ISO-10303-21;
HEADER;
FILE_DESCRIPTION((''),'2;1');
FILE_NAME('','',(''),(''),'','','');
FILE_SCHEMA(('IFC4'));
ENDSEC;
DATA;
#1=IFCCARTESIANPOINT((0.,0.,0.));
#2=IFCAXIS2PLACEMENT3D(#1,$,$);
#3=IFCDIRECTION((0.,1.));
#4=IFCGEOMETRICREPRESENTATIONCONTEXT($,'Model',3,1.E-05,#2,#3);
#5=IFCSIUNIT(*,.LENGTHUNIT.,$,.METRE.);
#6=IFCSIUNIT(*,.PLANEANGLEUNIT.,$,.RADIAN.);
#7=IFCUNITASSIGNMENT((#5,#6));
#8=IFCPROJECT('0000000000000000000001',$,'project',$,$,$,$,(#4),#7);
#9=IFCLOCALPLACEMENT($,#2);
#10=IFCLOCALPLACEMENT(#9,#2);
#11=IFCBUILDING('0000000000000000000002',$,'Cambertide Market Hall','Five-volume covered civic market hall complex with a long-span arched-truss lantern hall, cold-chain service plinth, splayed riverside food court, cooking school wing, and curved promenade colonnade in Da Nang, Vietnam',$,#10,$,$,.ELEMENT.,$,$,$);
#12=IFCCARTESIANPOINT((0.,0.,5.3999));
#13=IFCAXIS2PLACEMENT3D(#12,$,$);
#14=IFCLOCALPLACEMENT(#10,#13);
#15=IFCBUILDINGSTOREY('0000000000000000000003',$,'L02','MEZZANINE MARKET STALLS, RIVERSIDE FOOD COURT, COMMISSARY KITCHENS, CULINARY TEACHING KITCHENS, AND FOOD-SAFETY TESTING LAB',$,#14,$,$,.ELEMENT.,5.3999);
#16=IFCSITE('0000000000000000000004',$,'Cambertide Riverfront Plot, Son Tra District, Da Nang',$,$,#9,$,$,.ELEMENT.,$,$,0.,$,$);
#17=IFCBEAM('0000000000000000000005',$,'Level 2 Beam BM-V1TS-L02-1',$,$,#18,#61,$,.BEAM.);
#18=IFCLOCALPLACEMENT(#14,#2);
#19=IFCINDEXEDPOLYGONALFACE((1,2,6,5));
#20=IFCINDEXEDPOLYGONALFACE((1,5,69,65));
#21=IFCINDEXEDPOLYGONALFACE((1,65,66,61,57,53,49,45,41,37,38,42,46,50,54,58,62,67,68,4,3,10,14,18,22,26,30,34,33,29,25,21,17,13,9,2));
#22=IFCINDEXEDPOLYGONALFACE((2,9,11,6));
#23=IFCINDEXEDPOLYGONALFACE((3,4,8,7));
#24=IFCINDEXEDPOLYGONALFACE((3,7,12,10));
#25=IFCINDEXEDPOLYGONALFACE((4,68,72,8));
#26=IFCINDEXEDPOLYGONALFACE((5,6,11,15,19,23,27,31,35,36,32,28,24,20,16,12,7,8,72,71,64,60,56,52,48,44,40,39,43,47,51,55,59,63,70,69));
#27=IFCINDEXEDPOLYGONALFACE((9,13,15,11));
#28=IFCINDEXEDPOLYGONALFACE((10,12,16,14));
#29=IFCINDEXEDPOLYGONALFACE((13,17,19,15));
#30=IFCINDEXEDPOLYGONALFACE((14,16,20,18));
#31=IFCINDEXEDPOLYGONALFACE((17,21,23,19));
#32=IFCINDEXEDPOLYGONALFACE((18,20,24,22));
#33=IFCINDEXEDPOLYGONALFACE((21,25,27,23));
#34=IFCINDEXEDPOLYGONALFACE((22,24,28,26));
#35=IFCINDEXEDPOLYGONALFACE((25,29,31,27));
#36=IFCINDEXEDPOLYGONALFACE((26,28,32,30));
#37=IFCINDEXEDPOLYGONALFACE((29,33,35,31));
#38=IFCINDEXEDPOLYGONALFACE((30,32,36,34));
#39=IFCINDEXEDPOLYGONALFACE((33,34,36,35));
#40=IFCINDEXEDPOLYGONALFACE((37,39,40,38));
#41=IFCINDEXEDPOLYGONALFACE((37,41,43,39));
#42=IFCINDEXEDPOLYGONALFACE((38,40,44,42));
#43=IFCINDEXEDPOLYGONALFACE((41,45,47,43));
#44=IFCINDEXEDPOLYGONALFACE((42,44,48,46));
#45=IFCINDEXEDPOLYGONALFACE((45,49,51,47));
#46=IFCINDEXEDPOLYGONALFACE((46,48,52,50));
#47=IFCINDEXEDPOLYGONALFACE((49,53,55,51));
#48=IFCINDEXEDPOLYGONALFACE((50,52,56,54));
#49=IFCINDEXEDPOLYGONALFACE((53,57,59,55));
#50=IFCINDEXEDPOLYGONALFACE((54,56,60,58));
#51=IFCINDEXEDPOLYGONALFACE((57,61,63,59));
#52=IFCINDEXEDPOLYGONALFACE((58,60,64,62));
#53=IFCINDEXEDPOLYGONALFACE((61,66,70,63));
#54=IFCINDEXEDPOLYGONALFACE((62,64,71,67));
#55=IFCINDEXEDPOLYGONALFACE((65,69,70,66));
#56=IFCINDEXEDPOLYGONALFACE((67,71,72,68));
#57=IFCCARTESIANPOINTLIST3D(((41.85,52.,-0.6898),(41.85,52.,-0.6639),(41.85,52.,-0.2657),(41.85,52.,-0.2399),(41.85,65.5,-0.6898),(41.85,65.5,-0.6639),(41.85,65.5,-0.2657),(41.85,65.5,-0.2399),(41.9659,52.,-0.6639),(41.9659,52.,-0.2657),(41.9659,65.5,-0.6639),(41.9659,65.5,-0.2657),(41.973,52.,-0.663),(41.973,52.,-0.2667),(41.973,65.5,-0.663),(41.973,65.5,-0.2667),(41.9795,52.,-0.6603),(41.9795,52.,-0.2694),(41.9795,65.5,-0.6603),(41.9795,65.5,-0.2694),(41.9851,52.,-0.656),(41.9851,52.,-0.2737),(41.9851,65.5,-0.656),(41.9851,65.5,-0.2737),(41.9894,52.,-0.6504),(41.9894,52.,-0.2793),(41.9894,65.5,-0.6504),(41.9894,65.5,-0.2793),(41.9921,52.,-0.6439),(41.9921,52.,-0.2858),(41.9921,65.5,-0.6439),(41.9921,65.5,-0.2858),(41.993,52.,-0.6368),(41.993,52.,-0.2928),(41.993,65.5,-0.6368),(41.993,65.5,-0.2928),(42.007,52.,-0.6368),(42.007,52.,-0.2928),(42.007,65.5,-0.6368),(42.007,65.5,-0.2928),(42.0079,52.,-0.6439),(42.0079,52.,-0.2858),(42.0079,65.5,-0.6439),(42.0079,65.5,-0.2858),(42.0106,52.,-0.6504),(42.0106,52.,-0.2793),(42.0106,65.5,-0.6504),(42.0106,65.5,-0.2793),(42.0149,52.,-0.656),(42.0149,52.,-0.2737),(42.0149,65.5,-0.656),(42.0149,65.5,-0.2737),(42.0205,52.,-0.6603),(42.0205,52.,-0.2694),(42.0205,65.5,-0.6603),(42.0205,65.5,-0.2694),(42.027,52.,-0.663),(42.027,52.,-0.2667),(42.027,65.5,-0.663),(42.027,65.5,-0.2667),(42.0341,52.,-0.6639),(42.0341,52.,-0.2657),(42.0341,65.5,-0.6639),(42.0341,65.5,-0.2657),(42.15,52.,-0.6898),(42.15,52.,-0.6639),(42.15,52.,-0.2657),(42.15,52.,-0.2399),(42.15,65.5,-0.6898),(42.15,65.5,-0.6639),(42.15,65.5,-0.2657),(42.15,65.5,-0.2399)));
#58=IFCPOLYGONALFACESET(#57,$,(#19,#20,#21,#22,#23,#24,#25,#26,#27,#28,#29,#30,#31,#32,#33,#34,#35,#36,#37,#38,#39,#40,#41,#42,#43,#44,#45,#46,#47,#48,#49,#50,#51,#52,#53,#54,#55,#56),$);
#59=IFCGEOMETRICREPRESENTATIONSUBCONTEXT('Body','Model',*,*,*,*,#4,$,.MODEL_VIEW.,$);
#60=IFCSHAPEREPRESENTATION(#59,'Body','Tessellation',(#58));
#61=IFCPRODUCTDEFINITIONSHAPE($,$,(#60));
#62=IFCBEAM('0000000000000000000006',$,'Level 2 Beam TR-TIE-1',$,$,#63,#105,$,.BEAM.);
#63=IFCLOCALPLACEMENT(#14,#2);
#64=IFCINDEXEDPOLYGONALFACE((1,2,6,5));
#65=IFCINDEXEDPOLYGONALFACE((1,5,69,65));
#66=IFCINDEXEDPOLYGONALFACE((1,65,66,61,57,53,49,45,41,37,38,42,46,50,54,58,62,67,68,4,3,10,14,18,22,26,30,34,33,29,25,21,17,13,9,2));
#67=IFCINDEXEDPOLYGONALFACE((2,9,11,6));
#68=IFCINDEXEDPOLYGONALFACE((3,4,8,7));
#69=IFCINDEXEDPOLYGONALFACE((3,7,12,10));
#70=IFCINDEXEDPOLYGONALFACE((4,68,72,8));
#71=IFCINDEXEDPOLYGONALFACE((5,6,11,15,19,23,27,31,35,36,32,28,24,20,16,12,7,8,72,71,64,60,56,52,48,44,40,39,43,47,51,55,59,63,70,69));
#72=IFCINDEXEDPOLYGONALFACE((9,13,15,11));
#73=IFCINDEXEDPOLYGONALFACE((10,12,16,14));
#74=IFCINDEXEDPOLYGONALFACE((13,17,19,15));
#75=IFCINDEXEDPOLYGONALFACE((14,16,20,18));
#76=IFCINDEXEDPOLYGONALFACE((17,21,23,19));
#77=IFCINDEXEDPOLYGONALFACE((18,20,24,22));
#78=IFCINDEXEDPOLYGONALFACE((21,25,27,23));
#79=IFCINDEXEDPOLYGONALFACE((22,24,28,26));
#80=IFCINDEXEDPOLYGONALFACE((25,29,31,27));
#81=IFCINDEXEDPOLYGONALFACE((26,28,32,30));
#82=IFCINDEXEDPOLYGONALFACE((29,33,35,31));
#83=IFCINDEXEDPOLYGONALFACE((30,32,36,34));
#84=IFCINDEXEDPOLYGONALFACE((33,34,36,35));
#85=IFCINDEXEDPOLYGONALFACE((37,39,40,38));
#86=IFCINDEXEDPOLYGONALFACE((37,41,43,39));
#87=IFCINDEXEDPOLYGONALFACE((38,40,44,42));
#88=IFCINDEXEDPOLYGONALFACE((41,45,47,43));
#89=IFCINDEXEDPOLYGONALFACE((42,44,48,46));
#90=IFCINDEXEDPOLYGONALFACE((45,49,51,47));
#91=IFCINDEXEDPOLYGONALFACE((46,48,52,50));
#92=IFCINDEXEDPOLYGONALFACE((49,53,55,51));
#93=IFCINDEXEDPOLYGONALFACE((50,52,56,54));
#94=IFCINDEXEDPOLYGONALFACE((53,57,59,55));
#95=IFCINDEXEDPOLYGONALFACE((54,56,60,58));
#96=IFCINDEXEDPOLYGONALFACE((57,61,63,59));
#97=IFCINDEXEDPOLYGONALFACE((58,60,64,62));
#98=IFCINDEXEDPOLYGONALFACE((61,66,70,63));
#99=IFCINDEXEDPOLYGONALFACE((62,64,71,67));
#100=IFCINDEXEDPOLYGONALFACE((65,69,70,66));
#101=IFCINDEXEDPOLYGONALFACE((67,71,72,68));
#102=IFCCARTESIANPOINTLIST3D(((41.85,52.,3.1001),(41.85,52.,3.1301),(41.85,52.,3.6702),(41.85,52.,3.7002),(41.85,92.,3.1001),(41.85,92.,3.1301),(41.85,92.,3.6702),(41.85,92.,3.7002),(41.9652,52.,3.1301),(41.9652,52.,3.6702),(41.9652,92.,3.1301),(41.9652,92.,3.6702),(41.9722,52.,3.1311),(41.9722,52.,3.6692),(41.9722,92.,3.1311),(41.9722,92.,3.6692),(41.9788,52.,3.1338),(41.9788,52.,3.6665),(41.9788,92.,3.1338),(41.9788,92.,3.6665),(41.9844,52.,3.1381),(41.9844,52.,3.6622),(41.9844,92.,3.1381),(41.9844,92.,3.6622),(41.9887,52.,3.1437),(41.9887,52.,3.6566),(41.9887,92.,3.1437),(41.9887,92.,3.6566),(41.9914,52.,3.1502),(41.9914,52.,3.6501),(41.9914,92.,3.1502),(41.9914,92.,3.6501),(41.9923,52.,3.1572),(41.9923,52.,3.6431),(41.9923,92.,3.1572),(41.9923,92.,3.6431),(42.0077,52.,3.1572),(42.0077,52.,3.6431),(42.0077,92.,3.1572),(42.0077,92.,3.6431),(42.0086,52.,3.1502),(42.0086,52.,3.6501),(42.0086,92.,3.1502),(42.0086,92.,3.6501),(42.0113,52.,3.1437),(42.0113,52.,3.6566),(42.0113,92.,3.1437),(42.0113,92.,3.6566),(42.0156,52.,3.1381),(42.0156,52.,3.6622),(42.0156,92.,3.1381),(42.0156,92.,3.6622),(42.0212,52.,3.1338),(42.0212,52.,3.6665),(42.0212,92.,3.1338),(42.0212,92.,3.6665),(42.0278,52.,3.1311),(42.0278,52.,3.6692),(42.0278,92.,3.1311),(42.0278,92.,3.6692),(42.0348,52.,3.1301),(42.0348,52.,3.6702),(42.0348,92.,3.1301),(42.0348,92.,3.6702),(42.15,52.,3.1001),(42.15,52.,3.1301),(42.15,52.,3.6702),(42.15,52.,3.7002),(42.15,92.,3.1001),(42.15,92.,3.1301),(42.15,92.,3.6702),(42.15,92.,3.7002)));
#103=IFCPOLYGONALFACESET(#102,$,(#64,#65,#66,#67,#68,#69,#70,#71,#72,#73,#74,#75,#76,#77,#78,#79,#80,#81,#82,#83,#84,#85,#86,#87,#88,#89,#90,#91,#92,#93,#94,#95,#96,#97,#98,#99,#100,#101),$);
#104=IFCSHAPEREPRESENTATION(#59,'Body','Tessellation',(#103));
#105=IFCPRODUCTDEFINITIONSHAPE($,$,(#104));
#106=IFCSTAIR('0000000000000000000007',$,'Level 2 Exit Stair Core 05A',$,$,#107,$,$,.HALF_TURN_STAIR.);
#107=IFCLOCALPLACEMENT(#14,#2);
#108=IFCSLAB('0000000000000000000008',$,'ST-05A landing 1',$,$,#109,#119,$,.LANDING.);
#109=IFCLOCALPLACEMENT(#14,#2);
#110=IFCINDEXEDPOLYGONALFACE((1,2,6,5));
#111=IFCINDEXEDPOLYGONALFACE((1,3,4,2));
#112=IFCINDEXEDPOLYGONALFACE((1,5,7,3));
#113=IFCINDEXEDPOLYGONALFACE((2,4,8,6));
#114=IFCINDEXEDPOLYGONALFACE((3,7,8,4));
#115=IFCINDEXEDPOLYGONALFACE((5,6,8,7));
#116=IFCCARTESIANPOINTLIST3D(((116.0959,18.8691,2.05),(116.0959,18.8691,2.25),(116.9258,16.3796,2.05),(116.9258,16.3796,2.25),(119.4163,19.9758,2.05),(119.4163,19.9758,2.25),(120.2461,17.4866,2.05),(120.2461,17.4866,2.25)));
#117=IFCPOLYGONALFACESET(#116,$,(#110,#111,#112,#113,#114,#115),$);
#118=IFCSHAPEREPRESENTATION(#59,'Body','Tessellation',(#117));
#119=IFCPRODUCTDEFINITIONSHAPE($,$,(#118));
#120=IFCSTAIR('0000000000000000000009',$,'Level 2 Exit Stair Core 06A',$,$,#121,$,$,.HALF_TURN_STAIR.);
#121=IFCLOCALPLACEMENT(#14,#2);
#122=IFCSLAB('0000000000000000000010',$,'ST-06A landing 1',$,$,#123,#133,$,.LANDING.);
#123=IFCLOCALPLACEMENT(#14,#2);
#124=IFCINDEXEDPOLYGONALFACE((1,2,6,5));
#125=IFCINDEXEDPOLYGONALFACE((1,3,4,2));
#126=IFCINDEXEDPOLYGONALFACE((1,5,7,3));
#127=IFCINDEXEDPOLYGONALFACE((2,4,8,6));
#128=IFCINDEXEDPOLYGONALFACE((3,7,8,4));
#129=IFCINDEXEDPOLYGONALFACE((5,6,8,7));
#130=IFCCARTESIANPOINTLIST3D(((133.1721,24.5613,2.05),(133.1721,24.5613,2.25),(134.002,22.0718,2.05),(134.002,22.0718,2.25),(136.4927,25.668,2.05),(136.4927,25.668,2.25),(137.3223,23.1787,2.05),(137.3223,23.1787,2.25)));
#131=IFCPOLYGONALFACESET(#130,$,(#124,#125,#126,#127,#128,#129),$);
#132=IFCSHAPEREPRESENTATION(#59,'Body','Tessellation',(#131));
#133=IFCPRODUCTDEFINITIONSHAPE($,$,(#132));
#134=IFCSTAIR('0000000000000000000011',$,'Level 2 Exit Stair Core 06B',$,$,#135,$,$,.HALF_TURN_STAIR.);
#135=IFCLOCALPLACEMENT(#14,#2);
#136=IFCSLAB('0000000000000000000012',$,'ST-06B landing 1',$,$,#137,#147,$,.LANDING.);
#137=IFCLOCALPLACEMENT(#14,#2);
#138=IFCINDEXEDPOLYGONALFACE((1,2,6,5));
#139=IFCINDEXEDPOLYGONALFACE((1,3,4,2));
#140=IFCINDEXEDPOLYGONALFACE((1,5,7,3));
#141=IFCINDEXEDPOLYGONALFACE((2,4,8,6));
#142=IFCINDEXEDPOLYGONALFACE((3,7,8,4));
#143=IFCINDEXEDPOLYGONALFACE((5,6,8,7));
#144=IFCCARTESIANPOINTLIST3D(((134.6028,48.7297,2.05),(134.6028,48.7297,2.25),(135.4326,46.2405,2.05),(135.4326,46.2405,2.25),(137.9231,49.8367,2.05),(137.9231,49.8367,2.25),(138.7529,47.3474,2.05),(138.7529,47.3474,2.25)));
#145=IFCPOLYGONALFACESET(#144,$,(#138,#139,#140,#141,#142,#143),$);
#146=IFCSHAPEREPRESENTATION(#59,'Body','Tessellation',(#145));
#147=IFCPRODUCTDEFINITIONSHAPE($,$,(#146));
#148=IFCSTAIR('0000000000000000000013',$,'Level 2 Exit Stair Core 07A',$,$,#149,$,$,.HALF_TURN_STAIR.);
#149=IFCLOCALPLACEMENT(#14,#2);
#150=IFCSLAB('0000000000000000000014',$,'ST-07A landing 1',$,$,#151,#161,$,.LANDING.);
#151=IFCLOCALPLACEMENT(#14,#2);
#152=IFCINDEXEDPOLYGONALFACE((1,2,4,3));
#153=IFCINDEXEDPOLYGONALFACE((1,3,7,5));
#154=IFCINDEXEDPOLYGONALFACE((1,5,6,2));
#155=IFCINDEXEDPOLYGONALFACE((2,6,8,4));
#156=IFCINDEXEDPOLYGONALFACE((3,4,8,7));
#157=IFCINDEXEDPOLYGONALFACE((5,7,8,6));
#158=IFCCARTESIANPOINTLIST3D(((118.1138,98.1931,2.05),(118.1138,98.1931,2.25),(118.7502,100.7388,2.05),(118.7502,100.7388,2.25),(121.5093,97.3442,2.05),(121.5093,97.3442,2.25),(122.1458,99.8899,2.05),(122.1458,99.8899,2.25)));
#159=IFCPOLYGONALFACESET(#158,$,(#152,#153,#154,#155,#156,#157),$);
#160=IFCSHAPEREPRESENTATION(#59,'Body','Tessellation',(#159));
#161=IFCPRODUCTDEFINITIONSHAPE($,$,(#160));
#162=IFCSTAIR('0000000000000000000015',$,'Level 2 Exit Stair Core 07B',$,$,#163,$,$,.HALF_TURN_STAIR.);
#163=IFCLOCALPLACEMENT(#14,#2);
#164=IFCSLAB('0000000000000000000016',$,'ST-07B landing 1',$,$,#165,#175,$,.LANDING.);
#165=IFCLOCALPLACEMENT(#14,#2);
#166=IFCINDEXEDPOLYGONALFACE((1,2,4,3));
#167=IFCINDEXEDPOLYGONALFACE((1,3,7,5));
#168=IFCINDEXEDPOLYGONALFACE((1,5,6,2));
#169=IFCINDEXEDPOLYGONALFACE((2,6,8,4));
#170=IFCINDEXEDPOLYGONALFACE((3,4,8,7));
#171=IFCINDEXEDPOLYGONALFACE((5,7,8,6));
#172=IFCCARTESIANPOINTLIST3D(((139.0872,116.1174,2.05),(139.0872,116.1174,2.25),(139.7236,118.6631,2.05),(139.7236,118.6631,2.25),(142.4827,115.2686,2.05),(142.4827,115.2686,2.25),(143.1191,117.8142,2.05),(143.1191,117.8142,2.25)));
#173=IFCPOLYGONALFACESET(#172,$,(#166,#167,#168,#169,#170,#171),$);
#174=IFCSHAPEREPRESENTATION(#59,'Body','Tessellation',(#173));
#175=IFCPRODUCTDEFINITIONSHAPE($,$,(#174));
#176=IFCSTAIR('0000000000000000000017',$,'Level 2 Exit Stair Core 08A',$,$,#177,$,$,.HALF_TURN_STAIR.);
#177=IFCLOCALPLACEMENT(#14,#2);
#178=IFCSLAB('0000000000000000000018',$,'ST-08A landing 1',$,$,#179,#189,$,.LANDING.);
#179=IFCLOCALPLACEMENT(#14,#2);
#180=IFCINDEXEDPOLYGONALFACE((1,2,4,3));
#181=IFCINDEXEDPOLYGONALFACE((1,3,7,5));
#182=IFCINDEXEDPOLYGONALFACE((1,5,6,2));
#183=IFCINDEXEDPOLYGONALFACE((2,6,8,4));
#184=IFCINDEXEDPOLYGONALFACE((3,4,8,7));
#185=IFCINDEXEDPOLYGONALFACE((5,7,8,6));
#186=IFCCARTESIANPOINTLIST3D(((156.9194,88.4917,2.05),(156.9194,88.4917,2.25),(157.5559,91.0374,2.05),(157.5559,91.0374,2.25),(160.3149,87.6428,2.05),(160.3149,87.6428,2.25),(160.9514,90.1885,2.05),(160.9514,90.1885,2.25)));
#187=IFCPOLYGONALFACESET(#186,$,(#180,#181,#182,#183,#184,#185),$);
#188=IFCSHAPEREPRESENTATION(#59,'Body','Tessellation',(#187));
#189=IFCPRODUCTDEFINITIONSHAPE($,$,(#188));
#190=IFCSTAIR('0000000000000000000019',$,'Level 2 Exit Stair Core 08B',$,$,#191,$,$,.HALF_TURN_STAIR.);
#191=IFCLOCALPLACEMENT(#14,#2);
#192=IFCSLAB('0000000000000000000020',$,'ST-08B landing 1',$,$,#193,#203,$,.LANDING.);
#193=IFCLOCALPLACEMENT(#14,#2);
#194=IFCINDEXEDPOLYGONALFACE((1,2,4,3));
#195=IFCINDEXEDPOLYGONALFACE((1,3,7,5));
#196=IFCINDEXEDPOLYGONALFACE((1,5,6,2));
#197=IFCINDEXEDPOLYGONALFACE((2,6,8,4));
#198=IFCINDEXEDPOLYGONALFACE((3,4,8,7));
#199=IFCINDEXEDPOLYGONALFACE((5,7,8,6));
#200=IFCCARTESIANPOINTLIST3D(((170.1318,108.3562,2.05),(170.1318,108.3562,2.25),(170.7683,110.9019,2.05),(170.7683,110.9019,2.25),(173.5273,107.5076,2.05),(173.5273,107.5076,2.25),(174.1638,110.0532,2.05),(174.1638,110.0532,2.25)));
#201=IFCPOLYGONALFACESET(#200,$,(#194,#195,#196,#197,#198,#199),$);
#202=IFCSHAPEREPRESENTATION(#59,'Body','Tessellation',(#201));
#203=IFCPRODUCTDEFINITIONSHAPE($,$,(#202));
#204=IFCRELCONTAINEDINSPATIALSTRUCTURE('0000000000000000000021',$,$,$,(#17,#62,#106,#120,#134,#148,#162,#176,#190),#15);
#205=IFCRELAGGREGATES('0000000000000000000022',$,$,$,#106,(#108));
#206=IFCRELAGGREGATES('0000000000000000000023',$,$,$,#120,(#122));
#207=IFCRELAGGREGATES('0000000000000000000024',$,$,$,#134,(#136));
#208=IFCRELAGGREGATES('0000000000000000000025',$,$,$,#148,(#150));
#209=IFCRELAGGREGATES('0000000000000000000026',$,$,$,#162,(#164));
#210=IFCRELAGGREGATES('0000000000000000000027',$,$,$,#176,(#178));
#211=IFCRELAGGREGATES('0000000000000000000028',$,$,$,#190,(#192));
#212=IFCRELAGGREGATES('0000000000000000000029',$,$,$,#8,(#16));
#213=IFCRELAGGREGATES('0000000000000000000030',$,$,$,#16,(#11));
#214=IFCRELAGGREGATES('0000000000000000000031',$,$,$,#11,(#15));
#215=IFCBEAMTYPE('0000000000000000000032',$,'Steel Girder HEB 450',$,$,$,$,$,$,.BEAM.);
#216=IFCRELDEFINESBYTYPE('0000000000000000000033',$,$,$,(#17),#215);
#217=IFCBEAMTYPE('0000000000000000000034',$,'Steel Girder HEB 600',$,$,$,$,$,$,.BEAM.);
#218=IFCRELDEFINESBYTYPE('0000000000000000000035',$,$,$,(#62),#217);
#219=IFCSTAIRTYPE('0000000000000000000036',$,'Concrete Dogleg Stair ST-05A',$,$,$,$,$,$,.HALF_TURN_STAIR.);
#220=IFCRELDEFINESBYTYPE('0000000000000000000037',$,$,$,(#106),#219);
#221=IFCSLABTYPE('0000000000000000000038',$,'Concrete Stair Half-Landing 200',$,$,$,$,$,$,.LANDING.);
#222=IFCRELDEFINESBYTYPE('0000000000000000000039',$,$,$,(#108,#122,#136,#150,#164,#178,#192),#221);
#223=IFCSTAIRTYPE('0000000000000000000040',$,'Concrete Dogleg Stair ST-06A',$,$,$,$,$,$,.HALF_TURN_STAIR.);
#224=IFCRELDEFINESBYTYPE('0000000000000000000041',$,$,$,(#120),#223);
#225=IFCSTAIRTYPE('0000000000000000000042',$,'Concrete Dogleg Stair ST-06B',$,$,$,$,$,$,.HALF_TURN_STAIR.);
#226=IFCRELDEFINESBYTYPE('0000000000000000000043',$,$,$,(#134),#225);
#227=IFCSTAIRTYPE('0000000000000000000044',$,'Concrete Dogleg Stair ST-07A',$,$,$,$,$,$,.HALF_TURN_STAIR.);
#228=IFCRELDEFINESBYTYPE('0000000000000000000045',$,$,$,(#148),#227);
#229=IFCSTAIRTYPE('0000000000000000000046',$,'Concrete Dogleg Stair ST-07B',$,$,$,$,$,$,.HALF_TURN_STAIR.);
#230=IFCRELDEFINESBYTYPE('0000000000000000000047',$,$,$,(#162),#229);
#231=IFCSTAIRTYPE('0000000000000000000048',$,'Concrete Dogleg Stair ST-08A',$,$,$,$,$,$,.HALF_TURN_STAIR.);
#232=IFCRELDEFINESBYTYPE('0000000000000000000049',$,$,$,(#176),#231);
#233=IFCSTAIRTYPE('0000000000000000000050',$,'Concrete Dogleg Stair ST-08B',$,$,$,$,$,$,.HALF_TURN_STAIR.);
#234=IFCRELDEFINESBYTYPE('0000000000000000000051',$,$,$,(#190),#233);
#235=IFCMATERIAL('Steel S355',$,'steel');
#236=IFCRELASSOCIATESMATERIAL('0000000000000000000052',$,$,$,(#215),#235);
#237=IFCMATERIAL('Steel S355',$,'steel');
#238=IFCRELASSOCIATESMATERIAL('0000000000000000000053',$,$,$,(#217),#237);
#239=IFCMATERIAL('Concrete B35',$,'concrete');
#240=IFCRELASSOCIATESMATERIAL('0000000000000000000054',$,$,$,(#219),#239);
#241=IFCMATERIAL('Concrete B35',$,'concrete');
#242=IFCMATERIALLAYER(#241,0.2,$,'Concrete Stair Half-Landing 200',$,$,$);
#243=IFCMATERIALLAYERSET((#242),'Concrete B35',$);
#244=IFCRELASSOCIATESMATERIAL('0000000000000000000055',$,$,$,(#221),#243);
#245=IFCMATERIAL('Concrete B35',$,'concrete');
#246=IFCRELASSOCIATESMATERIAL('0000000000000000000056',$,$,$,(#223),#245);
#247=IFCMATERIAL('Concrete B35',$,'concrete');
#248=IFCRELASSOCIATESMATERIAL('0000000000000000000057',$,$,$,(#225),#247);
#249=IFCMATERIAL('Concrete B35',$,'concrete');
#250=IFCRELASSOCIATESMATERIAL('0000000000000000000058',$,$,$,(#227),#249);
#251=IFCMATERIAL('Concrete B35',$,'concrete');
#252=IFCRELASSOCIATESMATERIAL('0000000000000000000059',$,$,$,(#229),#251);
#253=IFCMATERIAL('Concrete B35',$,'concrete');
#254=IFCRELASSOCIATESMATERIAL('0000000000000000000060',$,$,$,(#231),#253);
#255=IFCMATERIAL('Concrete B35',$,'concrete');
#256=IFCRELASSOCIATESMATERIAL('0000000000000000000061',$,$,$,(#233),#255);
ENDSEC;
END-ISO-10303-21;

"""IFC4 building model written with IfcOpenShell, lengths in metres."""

from ifc_helpers import new_model, si_unit, direction, frame, origin, origin_2d, place, context, subcontext, project, spatial, polyline, i_section, outline, extrude, material, layer, layer_set, material_profile, profile_set, type_object, element, aggregate, save


model = new_model("IFC4")

# Units and contexts
model_context = context("Model", 3, precision=1e-05, world=origin(), true_north=direction((0.0, 1.0)))
body_context = subcontext(model_context, "Body", "Model", "MODEL_VIEW")
ifc_project = project(units=[si_unit("LENGTHUNIT", "METRE"), si_unit("PLANEANGLEUNIT", "RADIAN")], contexts=[model_context])

# Site, building, storey
site_placement = place(None, origin())
site = spatial("IfcSite", under=ifc_project, at=site_placement, Name="Cambertide Riverfront Plot, Son Tra District, Da Nang", CompositionType="ELEMENT", RefElevation=0.0)
building_placement = place(site_placement, origin())
building = spatial("IfcBuilding", under=site, at=building_placement, Name="Cambertide Market Hall", Description="Five-volume covered civic market hall complex with a long-span arched-truss lantern hall, cold-chain service plinth, splayed riverside food court, cooking school wing, and curved promenade colonnade in Da Nang, Vietnam", CompositionType="ELEMENT")
storey_placement = place(building_placement, frame((0.0, 0.0, 5.3999)))
storey = spatial("IfcBuildingStorey", under=building, at=storey_placement, Name="L02", Description="MEZZANINE MARKET STALLS, RIVERSIDE FOOD COURT, COMMISSARY KITCHENS, CULINARY TEACHING KITCHENS, AND FOOD-SAFETY TESTING LAB", CompositionType="ELEMENT", Elevation=5.3999)

# Beams
ifc_material_1 = material(Name="Steel S355", Category="steel")
ifc_material_profile_1 = material_profile(ifc_material_1, i_section(OverallWidth=0.3, OverallDepth=0.45, WebThickness=0.0139, FlangeThickness=0.0259, FilletRadius=0.0271, at=origin_2d()), Name="HEB 450")
ifc_profile_set_1 = profile_set([ifc_material_profile_1], Name="Steel S355")
beam_type_1 = type_object("IfcBeamType", Name="Steel Girder HEB 450", PredefinedType="BEAM", material=ifc_profile_set_1)
beam_1_placement = place(storey_placement, frame((42.0, 52.0, -0.4648), z_axis=(0.0, 1.0, 0.0), x_axis=(-1.0, 0.0, 0.0)))
element("IfcBeam", 1, at=beam_1_placement, inside=storey, type_object=beam_type_1, Name="Level 2 Beam BM-V1TS-L02-1", PredefinedType="BEAM", context=body_context, shape_type="SweptSolid", body=[
    extrude(i_section(OverallWidth=0.3, OverallDepth=0.45, WebThickness=0.0139, FlangeThickness=0.0259, FilletRadius=0.0271, at=origin_2d()), origin(), (0.0, 0.0, 1.0), 13.5),
])
ifc_material_2 = material(Name="Steel S355", Category="steel")
ifc_material_profile_2 = material_profile(ifc_material_2, i_section(OverallWidth=0.3, OverallDepth=0.6001, WebThickness=0.0154, FlangeThickness=0.03, FilletRadius=0.0271, at=origin_2d()), Name="HEB 600")
ifc_profile_set_2 = profile_set([ifc_material_profile_2], Name="Steel S355")
beam_type_2 = type_object("IfcBeamType", Name="Steel Girder HEB 600", PredefinedType="BEAM", material=ifc_profile_set_2)
beam_2_placement = place(storey_placement, frame((42.0, 52.0, 3.4001), z_axis=(0.0, 1.0, 0.0), x_axis=(-1.0, 0.0, 0.0)))
element("IfcBeam", 2, at=beam_2_placement, inside=storey, type_object=beam_type_2, Name="Level 2 Beam TR-TIE-1", PredefinedType="BEAM", context=body_context, shape_type="SweptSolid", body=[
    extrude(i_section(OverallWidth=0.3, OverallDepth=0.6001, WebThickness=0.0154, FlangeThickness=0.03, FilletRadius=0.0271, at=origin_2d()), origin(), (0.0, 0.0, 1.0), 40.0),
])

# Stairs, slabs
ifc_material_3 = material(Name="Concrete B35", Category="concrete")
stair_type_1 = type_object("IfcStairType", Name="Concrete Dogleg Stair ST-05A", PredefinedType="HALF_TURN_STAIR", material=ifc_material_3)
stair_1_placement = place(storey_placement, origin())
stair_1 = element("IfcStair", 3, at=stair_1_placement, inside=storey, type_object=stair_type_1, Name="Level 2 Exit Stair Core 05A", PredefinedType="HALF_TURN_STAIR")
ifc_material_4 = material(Name="Concrete B35", Category="concrete")
ifc_layer_1 = layer(ifc_material_4, 0.2, Name="Concrete Stair Half-Landing 200")
ifc_layer_set_1 = layer_set([ifc_layer_1], Name="Concrete B35")
slab_type_1 = type_object("IfcSlabType", Name="Concrete Stair Half-Landing 200", PredefinedType="LANDING", material=ifc_layer_set_1)
slab_1_placement = place(storey_placement, frame((0.0, 0.0, 2.05)))
slab_1 = element("IfcSlab", 4, at=slab_1_placement, type_object=slab_type_1, Name="ST-05A landing 1", PredefinedType="LANDING", context=body_context, shape_type="SweptSolid", body=[
    extrude(outline(polyline([(116.0959, 18.8691), (116.9258, 16.3796), (120.2461, 17.4866), (119.4163, 19.9758), (116.0959, 18.8691)])), origin(), (0.0, 0.0, 1.0), 0.2),
])
aggregate(stair_1, [slab_1])
ifc_material_5 = material(Name="Concrete B35", Category="concrete")
stair_type_2 = type_object("IfcStairType", Name="Concrete Dogleg Stair ST-06A", PredefinedType="HALF_TURN_STAIR", material=ifc_material_5)
stair_2_placement = place(storey_placement, origin())
stair_2 = element("IfcStair", 5, at=stair_2_placement, inside=storey, type_object=stair_type_2, Name="Level 2 Exit Stair Core 06A", PredefinedType="HALF_TURN_STAIR")
slab_2_placement = place(storey_placement, frame((0.0, 0.0, 2.05)))
slab_2 = element("IfcSlab", 6, at=slab_2_placement, type_object=slab_type_1, Name="ST-06A landing 1", PredefinedType="LANDING", context=body_context, shape_type="SweptSolid", body=[
    extrude(outline(polyline([(133.1721, 24.5613), (134.002, 22.0718), (137.3223, 23.1787), (136.4927, 25.668), (133.1721, 24.5613)])), origin(), (0.0, 0.0, 1.0), 0.2),
])
aggregate(stair_2, [slab_2])
ifc_material_6 = material(Name="Concrete B35", Category="concrete")
stair_type_3 = type_object("IfcStairType", Name="Concrete Dogleg Stair ST-06B", PredefinedType="HALF_TURN_STAIR", material=ifc_material_6)
stair_3_placement = place(storey_placement, origin())
stair_3 = element("IfcStair", 7, at=stair_3_placement, inside=storey, type_object=stair_type_3, Name="Level 2 Exit Stair Core 06B", PredefinedType="HALF_TURN_STAIR")
slab_3_placement = place(storey_placement, frame((0.0, 0.0, 2.05)))
slab_3 = element("IfcSlab", 8, at=slab_3_placement, type_object=slab_type_1, Name="ST-06B landing 1", PredefinedType="LANDING", context=body_context, shape_type="SweptSolid", body=[
    extrude(outline(polyline([(138.7529, 47.3474), (137.9231, 49.8367), (134.6028, 48.7297), (135.4326, 46.2405), (138.7529, 47.3474)])), origin(), (0.0, 0.0, 1.0), 0.2),
])
aggregate(stair_3, [slab_3])
ifc_material_7 = material(Name="Concrete B35", Category="concrete")
stair_type_4 = type_object("IfcStairType", Name="Concrete Dogleg Stair ST-07A", PredefinedType="HALF_TURN_STAIR", material=ifc_material_7)
stair_4_placement = place(storey_placement, origin())
stair_4 = element("IfcStair", 9, at=stair_4_placement, inside=storey, type_object=stair_type_4, Name="Level 2 Exit Stair Core 07A", PredefinedType="HALF_TURN_STAIR")
slab_4_placement = place(storey_placement, frame((0.0, 0.0, 2.05)))
slab_4 = element("IfcSlab", 10, at=slab_4_placement, type_object=slab_type_1, Name="ST-07A landing 1", PredefinedType="LANDING", context=body_context, shape_type="SweptSolid", body=[
    extrude(outline(polyline([(118.7502, 100.7388), (118.1138, 98.1931), (121.5093, 97.3442), (122.1458, 99.8899), (118.7502, 100.7388)])), origin(), (0.0, 0.0, 1.0), 0.2),
])
aggregate(stair_4, [slab_4])
ifc_material_8 = material(Name="Concrete B35", Category="concrete")
stair_type_5 = type_object("IfcStairType", Name="Concrete Dogleg Stair ST-07B", PredefinedType="HALF_TURN_STAIR", material=ifc_material_8)
stair_5_placement = place(storey_placement, origin())
stair_5 = element("IfcStair", 11, at=stair_5_placement, inside=storey, type_object=stair_type_5, Name="Level 2 Exit Stair Core 07B", PredefinedType="HALF_TURN_STAIR")
slab_5_placement = place(storey_placement, frame((0.0, 0.0, 2.05)))
slab_5 = element("IfcSlab", 12, at=slab_5_placement, type_object=slab_type_1, Name="ST-07B landing 1", PredefinedType="LANDING", context=body_context, shape_type="SweptSolid", body=[
    extrude(outline(polyline([(142.4827, 115.2686), (143.1191, 117.8142), (139.7236, 118.6631), (139.0872, 116.1174), (142.4827, 115.2686)])), origin(), (0.0, 0.0, 1.0), 0.2),
])
aggregate(stair_5, [slab_5])
ifc_material_9 = material(Name="Concrete B35", Category="concrete")
stair_type_6 = type_object("IfcStairType", Name="Concrete Dogleg Stair ST-08A", PredefinedType="HALF_TURN_STAIR", material=ifc_material_9)
stair_6_placement = place(storey_placement, origin())
stair_6 = element("IfcStair", 13, at=stair_6_placement, inside=storey, type_object=stair_type_6, Name="Level 2 Exit Stair Core 08A", PredefinedType="HALF_TURN_STAIR")
slab_6_placement = place(storey_placement, frame((0.0, 0.0, 2.05)))
slab_6 = element("IfcSlab", 14, at=slab_6_placement, type_object=slab_type_1, Name="ST-08A landing 1", PredefinedType="LANDING", context=body_context, shape_type="SweptSolid", body=[
    extrude(outline(polyline([(157.5559, 91.0374), (156.9194, 88.4917), (160.3149, 87.6428), (160.9514, 90.1885), (157.5559, 91.0374)])), origin(), (0.0, 0.0, 1.0), 0.2),
])
aggregate(stair_6, [slab_6])
ifc_material_10 = material(Name="Concrete B35", Category="concrete")
stair_type_7 = type_object("IfcStairType", Name="Concrete Dogleg Stair ST-08B", PredefinedType="HALF_TURN_STAIR", material=ifc_material_10)
stair_7_placement = place(storey_placement, origin())
stair_7 = element("IfcStair", 15, at=stair_7_placement, inside=storey, type_object=stair_type_7, Name="Level 2 Exit Stair Core 08B", PredefinedType="HALF_TURN_STAIR")
slab_7_placement = place(storey_placement, frame((0.0, 0.0, 2.05)))
slab_7 = element("IfcSlab", 16, at=slab_7_placement, type_object=slab_type_1, Name="ST-08B landing 1", PredefinedType="LANDING", context=body_context, shape_type="SweptSolid", body=[
    extrude(outline(polyline([(173.5273, 107.5076), (174.1638, 110.0532), (170.7683, 110.9019), (170.1318, 108.3562), (173.5273, 107.5076)])), origin(), (0.0, 0.0, 1.0), 0.2),
])
aggregate(stair_7, [slab_7])

save(model, "model.ifc")
